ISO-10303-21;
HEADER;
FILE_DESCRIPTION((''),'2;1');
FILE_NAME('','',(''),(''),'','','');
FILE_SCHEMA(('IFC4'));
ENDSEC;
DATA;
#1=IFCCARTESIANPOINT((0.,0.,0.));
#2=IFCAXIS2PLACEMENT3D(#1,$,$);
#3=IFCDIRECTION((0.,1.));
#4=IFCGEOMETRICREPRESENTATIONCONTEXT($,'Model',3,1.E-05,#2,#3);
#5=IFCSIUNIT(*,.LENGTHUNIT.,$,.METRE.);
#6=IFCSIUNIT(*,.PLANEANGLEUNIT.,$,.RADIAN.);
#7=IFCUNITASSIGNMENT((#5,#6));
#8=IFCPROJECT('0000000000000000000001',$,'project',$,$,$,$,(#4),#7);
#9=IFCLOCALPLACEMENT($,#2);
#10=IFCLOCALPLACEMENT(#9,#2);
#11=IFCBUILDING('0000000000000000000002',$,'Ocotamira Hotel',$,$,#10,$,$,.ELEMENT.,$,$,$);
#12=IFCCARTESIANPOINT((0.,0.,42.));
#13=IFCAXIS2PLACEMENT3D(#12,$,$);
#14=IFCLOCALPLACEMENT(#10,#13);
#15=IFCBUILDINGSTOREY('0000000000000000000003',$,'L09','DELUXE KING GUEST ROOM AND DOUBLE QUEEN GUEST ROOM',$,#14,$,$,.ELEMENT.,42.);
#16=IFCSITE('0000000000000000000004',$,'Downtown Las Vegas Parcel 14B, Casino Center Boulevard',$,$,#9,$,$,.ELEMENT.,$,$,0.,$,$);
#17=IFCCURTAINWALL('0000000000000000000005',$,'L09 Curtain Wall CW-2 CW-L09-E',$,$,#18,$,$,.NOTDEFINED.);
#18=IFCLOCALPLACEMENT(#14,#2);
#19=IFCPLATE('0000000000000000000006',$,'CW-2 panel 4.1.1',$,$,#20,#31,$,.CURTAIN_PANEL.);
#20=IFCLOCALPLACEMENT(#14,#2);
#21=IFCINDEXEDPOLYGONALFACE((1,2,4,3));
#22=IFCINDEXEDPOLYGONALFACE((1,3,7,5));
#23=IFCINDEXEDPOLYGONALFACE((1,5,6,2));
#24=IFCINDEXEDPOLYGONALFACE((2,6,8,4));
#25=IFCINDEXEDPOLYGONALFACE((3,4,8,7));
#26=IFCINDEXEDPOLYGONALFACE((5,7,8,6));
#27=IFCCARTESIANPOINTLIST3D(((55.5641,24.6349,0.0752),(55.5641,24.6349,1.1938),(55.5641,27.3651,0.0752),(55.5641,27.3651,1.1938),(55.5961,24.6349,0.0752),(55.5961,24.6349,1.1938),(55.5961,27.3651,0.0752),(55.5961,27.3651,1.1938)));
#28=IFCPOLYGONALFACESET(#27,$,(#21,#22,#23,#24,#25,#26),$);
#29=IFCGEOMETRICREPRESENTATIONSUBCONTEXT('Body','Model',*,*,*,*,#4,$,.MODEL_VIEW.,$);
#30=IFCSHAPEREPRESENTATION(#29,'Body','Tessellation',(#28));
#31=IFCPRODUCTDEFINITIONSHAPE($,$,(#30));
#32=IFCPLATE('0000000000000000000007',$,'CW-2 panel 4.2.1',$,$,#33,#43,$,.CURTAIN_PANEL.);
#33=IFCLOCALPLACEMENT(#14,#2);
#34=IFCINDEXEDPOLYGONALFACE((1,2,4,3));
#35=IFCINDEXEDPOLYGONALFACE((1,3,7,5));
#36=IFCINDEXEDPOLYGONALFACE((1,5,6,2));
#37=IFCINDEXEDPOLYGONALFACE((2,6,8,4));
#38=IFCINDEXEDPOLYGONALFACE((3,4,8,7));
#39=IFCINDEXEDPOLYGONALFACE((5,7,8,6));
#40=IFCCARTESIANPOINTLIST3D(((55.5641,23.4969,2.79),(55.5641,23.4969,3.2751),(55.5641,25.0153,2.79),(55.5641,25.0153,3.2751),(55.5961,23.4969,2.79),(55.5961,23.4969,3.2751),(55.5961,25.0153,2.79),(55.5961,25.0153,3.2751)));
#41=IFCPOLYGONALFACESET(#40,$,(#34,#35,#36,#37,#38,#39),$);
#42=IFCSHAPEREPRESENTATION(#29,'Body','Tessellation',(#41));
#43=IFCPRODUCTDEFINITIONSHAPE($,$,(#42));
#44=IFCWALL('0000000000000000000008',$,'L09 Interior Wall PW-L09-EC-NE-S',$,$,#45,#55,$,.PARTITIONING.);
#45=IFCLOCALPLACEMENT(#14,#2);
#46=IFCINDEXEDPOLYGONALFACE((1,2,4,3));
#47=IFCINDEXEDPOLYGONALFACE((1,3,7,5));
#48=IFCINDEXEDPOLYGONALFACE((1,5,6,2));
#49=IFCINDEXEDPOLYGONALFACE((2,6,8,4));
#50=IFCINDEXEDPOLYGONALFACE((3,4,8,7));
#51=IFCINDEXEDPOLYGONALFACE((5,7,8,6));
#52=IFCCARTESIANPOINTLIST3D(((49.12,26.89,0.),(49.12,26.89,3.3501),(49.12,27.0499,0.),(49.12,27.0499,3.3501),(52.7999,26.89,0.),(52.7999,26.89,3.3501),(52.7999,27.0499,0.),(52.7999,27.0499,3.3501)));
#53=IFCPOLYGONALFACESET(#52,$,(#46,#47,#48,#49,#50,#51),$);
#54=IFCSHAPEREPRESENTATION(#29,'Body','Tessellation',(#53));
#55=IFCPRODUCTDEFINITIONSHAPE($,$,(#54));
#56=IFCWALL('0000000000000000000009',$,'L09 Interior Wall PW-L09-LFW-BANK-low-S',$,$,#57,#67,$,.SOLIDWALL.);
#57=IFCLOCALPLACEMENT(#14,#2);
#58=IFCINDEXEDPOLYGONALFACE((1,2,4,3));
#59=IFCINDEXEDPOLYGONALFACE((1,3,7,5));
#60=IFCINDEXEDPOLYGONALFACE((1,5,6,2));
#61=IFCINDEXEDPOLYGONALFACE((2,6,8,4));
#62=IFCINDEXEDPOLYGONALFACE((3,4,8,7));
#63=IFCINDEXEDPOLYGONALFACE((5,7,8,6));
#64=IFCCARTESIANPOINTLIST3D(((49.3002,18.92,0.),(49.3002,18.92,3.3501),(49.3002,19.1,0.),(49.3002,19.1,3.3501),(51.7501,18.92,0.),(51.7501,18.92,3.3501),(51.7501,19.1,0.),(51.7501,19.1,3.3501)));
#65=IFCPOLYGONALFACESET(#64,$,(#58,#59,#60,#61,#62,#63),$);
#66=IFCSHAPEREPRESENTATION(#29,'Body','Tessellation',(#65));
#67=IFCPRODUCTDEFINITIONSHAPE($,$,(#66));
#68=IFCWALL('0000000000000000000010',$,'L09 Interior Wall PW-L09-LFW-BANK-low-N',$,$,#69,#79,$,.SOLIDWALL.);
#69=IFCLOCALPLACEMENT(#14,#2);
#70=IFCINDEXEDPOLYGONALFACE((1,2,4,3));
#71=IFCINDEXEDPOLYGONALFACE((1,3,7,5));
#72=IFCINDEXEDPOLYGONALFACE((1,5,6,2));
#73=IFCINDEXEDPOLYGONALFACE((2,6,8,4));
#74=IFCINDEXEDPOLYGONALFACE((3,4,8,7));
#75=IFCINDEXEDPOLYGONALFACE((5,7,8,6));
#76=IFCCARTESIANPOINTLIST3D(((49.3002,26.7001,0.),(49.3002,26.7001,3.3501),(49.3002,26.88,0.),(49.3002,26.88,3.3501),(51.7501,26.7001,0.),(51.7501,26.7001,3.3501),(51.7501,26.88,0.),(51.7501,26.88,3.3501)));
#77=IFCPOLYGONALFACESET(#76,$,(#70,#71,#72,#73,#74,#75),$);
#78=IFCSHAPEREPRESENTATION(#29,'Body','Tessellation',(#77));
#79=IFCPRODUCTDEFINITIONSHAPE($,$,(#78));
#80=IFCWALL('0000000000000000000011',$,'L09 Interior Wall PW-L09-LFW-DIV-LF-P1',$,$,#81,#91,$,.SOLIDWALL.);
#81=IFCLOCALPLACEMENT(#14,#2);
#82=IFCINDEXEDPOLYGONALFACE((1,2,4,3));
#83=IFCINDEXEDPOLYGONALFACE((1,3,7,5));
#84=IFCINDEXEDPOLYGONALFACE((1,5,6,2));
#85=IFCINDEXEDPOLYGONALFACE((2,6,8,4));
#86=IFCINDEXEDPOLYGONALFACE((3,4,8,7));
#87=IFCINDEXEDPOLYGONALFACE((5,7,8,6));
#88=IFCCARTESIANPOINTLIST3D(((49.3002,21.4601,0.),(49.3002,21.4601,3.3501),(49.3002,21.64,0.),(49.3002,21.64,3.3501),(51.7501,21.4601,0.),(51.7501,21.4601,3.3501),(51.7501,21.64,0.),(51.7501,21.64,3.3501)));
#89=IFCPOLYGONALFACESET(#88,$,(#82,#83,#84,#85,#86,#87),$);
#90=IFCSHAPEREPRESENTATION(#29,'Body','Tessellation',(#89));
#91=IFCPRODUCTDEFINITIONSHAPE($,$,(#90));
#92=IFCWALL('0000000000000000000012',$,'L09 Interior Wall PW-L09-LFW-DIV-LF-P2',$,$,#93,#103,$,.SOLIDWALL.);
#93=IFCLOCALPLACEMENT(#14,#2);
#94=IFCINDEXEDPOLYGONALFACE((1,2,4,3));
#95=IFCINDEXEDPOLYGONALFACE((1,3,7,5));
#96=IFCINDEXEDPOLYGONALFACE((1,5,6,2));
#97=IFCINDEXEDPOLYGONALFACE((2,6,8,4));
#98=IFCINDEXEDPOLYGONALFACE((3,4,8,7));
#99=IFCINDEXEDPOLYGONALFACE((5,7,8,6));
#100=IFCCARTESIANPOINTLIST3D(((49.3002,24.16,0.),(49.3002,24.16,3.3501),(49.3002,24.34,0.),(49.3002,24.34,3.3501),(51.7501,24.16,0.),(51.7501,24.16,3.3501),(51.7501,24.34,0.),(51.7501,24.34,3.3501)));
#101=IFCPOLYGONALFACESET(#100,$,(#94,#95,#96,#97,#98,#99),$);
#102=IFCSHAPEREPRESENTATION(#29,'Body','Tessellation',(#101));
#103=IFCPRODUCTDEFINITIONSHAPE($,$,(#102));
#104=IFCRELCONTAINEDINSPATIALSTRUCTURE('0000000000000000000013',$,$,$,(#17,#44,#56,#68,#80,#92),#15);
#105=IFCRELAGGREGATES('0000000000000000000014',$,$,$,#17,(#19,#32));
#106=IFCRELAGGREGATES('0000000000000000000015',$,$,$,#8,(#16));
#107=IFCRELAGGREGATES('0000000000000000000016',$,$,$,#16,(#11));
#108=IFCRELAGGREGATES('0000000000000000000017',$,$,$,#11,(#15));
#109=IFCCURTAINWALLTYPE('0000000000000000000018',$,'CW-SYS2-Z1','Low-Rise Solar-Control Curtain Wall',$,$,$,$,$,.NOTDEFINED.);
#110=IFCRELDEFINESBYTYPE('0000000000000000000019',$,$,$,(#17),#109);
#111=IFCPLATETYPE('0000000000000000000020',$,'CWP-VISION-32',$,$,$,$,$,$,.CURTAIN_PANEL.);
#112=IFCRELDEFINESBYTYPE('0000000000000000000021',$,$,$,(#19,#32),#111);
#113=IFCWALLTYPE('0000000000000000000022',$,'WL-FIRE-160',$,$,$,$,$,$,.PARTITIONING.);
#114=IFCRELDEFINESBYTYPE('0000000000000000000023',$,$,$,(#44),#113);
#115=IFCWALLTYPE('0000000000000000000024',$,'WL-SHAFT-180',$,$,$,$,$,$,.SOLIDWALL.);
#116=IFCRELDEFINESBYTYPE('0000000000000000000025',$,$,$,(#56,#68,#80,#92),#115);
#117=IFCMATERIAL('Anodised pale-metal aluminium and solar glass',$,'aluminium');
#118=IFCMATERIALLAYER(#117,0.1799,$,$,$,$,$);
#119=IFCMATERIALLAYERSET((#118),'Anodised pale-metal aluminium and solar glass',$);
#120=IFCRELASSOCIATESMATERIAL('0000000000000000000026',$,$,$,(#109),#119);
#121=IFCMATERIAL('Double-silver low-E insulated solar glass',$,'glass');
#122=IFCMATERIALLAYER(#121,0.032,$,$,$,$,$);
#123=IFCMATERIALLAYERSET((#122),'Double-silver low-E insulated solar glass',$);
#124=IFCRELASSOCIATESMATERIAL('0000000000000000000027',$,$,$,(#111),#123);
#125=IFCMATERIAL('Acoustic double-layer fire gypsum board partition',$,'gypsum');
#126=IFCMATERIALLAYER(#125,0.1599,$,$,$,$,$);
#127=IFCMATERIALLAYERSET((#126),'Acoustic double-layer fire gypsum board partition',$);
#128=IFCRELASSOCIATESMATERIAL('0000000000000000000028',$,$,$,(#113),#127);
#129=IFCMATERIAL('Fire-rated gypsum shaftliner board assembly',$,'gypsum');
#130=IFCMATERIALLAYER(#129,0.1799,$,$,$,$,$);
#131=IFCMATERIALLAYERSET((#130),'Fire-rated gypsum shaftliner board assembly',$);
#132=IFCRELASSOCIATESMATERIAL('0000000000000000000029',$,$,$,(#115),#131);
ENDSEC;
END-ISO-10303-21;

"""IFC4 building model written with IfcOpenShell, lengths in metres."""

from ifc_helpers import new_model, si_unit, direction, frame, frame_2d, origin, origin_2d, place, context, subcontext, project, spatial, rectangle, extrude, source, transform, mapped, material, layer, layer_set, type_object, element, aggregate, save


model = new_model("IFC4")

# Units and contexts
model_context = context("Model", 3, precision=1e-05, world=origin(), true_north=direction((0.0, 1.0)))
body_context = subcontext(model_context, "Body", "Model", "MODEL_VIEW")
ifc_project = project(units=[si_unit("LENGTHUNIT", "METRE"), si_unit("PLANEANGLEUNIT", "RADIAN")], contexts=[model_context])

# Site, building, storey
site_placement = place(None, origin())
site = spatial("IfcSite", under=ifc_project, at=site_placement, Name="Downtown Las Vegas Parcel 14B, Casino Center Boulevard", CompositionType="ELEMENT", RefElevation=0.0)
building_placement = place(site_placement, origin())
building = spatial("IfcBuilding", under=site, at=building_placement, Name="Ocotamira Hotel", CompositionType="ELEMENT")
storey_placement = place(building_placement, frame((0.0, 0.0, 42.0)))
storey = spatial("IfcBuildingStorey", under=building, at=storey_placement, Name="L09", Description="DELUXE KING GUEST ROOM AND DOUBLE QUEEN GUEST ROOM", CompositionType="ELEMENT", Elevation=42.0)

# Curtain wall
ifc_material_1 = material(Name="Anodised pale-metal aluminium and solar glass", Category="aluminium")
ifc_layer_1 = layer(ifc_material_1, 0.1799)
ifc_layer_set_1 = layer_set([ifc_layer_1], Name="Anodised pale-metal aluminium and solar glass")
curtain_wall_type = type_object("IfcCurtainWallType", Name="CW-SYS2-Z1", Description="Low-Rise Solar-Control Curtain Wall", PredefinedType="NOTDEFINED", material=ifc_layer_set_1)
curtain_wall_placement = place(storey_placement, origin())
curtain_wall = element("IfcCurtainWall", 1, at=curtain_wall_placement, inside=storey, type_object=curtain_wall_type, Name="L09 Curtain Wall CW-2 CW-L09-E", PredefinedType="NOTDEFINED")

# Plates
ifc_material_2 = material(Name="Double-silver low-E insulated solar glass", Category="glass")
ifc_layer_2 = layer(ifc_material_2, 0.032)
ifc_layer_set_2 = layer_set([ifc_layer_2], Name="Double-silver low-E insulated solar glass")
plate_type_1 = type_object("IfcPlateType", Name="CWP-VISION-32", PredefinedType="CURTAIN_PANEL", material=ifc_layer_set_2)
shared_shape_1 = source(origin(), body_context, "Body", "SweptSolid", [
    extrude(rectangle(XDim=2.7302, YDim=0.032, at=origin_2d()), origin(), (0.0, 0.0, 1.0), 1.1187),
])
plate_1_placement = place(storey_placement, frame((55.5801, 26.0, 0.0752), z_axis=(0.0, 0.0, 1.0), x_axis=(0.0, 1.0, 0.0)))
plate_1 = element("IfcPlate", 2, at=plate_1_placement, type_object=plate_type_1, Name="CW-2 panel 4.1.1", PredefinedType="CURTAIN_PANEL", context=body_context, shape_type="MappedRepresentation", body=[
    mapped(shared_shape_1, transform((0.0, 0.0, 0.0), scale=1.0)),
])
shared_shape_2 = source(origin(), body_context, "Body", "SweptSolid", [
    extrude(rectangle(XDim=1.5183, YDim=0.032, at=origin_2d()), origin(), (0.0, 0.0, 1.0), 0.4851),
])
plate_2_placement = place(storey_placement, frame((55.5801, 24.2561, 2.79), z_axis=(0.0, 0.0, 1.0), x_axis=(0.0, 1.0, 0.0)))
plate_2 = element("IfcPlate", 3, at=plate_2_placement, type_object=plate_type_1, Name="CW-2 panel 4.2.1", PredefinedType="CURTAIN_PANEL", context=body_context, shape_type="MappedRepresentation", body=[
    mapped(shared_shape_2, transform((0.0, 0.0, 0.0), scale=1.0)),
])
aggregate(curtain_wall, [plate_1, plate_2])

# Walls
ifc_material_3 = material(Name="Acoustic double-layer fire gypsum board partition", Category="gypsum")
ifc_layer_3 = layer(ifc_material_3, 0.1599)
ifc_layer_set_3 = layer_set([ifc_layer_3], Name="Acoustic double-layer fire gypsum board partition")
wall_type_1 = type_object("IfcWallType", Name="WL-FIRE-160", PredefinedType="PARTITIONING", material=ifc_layer_set_3)
wall_placement = place(storey_placement, frame((49.1201, 26.97, 0.0), z_axis=(0.0, 0.0, 1.0), x_axis=(1.0, 0.0, 0.0)))
element("IfcWall", 4, at=wall_placement, inside=storey, type_object=wall_type_1, Name="L09 Interior Wall PW-L09-EC-NE-S", PredefinedType="PARTITIONING", context=body_context, shape_type="SweptSolid", body=[
    extrude(rectangle(XDim=3.6799, YDim=0.1599, at=frame_2d((1.8398, 0.0))), origin(), (0.0, 0.0, 1.0), 3.3501),
])
ifc_material_4 = material(Name="Fire-rated gypsum shaftliner board assembly", Category="gypsum")
ifc_layer_4 = layer(ifc_material_4, 0.1799)
ifc_layer_set_4 = layer_set([ifc_layer_4], Name="Fire-rated gypsum shaftliner board assembly")
wall_type_2 = type_object("IfcWallType", Name="WL-SHAFT-180", PredefinedType="SOLIDWALL", material=ifc_layer_set_4)
for number, where, z_axis, x_axis, name in (
    (5, (49.3, 19.01, 0.0), (0.0, 0.0, 1.0), (1.0, 0.0, 0.0), "L09 Interior Wall PW-L09-LFW-BANK-low-S"),
    (6, (49.3, 26.79, 0.0), (0.0, 0.0, 1.0), (1.0, 0.0, 0.0), "L09 Interior Wall PW-L09-LFW-BANK-low-N"),
    (7, (49.3, 21.55, 0.0), (0.0, 0.0, 1.0), (1.0, 0.0, 0.0), "L09 Interior Wall PW-L09-LFW-DIV-LF-P1"),
    (8, (49.3, 24.25, 0.0), (0.0, 0.0, 1.0), (1.0, 0.0, 0.0), "L09 Interior Wall PW-L09-LFW-DIV-LF-P2"),
):
    element("IfcWall", number, at=place(storey_placement, frame(where, z_axis=z_axis, x_axis=x_axis)), inside=storey, type_object=wall_type_2, Name=name, PredefinedType="SOLIDWALL", context=body_context, shape_type="SweptSolid", body=[
        extrude(rectangle(XDim=2.45, YDim=0.1799, at=frame_2d((1.2251, 0.0))), origin(), (0.0, 0.0, 1.0), 3.3501),
    ])

save(model, "model.ifc")
